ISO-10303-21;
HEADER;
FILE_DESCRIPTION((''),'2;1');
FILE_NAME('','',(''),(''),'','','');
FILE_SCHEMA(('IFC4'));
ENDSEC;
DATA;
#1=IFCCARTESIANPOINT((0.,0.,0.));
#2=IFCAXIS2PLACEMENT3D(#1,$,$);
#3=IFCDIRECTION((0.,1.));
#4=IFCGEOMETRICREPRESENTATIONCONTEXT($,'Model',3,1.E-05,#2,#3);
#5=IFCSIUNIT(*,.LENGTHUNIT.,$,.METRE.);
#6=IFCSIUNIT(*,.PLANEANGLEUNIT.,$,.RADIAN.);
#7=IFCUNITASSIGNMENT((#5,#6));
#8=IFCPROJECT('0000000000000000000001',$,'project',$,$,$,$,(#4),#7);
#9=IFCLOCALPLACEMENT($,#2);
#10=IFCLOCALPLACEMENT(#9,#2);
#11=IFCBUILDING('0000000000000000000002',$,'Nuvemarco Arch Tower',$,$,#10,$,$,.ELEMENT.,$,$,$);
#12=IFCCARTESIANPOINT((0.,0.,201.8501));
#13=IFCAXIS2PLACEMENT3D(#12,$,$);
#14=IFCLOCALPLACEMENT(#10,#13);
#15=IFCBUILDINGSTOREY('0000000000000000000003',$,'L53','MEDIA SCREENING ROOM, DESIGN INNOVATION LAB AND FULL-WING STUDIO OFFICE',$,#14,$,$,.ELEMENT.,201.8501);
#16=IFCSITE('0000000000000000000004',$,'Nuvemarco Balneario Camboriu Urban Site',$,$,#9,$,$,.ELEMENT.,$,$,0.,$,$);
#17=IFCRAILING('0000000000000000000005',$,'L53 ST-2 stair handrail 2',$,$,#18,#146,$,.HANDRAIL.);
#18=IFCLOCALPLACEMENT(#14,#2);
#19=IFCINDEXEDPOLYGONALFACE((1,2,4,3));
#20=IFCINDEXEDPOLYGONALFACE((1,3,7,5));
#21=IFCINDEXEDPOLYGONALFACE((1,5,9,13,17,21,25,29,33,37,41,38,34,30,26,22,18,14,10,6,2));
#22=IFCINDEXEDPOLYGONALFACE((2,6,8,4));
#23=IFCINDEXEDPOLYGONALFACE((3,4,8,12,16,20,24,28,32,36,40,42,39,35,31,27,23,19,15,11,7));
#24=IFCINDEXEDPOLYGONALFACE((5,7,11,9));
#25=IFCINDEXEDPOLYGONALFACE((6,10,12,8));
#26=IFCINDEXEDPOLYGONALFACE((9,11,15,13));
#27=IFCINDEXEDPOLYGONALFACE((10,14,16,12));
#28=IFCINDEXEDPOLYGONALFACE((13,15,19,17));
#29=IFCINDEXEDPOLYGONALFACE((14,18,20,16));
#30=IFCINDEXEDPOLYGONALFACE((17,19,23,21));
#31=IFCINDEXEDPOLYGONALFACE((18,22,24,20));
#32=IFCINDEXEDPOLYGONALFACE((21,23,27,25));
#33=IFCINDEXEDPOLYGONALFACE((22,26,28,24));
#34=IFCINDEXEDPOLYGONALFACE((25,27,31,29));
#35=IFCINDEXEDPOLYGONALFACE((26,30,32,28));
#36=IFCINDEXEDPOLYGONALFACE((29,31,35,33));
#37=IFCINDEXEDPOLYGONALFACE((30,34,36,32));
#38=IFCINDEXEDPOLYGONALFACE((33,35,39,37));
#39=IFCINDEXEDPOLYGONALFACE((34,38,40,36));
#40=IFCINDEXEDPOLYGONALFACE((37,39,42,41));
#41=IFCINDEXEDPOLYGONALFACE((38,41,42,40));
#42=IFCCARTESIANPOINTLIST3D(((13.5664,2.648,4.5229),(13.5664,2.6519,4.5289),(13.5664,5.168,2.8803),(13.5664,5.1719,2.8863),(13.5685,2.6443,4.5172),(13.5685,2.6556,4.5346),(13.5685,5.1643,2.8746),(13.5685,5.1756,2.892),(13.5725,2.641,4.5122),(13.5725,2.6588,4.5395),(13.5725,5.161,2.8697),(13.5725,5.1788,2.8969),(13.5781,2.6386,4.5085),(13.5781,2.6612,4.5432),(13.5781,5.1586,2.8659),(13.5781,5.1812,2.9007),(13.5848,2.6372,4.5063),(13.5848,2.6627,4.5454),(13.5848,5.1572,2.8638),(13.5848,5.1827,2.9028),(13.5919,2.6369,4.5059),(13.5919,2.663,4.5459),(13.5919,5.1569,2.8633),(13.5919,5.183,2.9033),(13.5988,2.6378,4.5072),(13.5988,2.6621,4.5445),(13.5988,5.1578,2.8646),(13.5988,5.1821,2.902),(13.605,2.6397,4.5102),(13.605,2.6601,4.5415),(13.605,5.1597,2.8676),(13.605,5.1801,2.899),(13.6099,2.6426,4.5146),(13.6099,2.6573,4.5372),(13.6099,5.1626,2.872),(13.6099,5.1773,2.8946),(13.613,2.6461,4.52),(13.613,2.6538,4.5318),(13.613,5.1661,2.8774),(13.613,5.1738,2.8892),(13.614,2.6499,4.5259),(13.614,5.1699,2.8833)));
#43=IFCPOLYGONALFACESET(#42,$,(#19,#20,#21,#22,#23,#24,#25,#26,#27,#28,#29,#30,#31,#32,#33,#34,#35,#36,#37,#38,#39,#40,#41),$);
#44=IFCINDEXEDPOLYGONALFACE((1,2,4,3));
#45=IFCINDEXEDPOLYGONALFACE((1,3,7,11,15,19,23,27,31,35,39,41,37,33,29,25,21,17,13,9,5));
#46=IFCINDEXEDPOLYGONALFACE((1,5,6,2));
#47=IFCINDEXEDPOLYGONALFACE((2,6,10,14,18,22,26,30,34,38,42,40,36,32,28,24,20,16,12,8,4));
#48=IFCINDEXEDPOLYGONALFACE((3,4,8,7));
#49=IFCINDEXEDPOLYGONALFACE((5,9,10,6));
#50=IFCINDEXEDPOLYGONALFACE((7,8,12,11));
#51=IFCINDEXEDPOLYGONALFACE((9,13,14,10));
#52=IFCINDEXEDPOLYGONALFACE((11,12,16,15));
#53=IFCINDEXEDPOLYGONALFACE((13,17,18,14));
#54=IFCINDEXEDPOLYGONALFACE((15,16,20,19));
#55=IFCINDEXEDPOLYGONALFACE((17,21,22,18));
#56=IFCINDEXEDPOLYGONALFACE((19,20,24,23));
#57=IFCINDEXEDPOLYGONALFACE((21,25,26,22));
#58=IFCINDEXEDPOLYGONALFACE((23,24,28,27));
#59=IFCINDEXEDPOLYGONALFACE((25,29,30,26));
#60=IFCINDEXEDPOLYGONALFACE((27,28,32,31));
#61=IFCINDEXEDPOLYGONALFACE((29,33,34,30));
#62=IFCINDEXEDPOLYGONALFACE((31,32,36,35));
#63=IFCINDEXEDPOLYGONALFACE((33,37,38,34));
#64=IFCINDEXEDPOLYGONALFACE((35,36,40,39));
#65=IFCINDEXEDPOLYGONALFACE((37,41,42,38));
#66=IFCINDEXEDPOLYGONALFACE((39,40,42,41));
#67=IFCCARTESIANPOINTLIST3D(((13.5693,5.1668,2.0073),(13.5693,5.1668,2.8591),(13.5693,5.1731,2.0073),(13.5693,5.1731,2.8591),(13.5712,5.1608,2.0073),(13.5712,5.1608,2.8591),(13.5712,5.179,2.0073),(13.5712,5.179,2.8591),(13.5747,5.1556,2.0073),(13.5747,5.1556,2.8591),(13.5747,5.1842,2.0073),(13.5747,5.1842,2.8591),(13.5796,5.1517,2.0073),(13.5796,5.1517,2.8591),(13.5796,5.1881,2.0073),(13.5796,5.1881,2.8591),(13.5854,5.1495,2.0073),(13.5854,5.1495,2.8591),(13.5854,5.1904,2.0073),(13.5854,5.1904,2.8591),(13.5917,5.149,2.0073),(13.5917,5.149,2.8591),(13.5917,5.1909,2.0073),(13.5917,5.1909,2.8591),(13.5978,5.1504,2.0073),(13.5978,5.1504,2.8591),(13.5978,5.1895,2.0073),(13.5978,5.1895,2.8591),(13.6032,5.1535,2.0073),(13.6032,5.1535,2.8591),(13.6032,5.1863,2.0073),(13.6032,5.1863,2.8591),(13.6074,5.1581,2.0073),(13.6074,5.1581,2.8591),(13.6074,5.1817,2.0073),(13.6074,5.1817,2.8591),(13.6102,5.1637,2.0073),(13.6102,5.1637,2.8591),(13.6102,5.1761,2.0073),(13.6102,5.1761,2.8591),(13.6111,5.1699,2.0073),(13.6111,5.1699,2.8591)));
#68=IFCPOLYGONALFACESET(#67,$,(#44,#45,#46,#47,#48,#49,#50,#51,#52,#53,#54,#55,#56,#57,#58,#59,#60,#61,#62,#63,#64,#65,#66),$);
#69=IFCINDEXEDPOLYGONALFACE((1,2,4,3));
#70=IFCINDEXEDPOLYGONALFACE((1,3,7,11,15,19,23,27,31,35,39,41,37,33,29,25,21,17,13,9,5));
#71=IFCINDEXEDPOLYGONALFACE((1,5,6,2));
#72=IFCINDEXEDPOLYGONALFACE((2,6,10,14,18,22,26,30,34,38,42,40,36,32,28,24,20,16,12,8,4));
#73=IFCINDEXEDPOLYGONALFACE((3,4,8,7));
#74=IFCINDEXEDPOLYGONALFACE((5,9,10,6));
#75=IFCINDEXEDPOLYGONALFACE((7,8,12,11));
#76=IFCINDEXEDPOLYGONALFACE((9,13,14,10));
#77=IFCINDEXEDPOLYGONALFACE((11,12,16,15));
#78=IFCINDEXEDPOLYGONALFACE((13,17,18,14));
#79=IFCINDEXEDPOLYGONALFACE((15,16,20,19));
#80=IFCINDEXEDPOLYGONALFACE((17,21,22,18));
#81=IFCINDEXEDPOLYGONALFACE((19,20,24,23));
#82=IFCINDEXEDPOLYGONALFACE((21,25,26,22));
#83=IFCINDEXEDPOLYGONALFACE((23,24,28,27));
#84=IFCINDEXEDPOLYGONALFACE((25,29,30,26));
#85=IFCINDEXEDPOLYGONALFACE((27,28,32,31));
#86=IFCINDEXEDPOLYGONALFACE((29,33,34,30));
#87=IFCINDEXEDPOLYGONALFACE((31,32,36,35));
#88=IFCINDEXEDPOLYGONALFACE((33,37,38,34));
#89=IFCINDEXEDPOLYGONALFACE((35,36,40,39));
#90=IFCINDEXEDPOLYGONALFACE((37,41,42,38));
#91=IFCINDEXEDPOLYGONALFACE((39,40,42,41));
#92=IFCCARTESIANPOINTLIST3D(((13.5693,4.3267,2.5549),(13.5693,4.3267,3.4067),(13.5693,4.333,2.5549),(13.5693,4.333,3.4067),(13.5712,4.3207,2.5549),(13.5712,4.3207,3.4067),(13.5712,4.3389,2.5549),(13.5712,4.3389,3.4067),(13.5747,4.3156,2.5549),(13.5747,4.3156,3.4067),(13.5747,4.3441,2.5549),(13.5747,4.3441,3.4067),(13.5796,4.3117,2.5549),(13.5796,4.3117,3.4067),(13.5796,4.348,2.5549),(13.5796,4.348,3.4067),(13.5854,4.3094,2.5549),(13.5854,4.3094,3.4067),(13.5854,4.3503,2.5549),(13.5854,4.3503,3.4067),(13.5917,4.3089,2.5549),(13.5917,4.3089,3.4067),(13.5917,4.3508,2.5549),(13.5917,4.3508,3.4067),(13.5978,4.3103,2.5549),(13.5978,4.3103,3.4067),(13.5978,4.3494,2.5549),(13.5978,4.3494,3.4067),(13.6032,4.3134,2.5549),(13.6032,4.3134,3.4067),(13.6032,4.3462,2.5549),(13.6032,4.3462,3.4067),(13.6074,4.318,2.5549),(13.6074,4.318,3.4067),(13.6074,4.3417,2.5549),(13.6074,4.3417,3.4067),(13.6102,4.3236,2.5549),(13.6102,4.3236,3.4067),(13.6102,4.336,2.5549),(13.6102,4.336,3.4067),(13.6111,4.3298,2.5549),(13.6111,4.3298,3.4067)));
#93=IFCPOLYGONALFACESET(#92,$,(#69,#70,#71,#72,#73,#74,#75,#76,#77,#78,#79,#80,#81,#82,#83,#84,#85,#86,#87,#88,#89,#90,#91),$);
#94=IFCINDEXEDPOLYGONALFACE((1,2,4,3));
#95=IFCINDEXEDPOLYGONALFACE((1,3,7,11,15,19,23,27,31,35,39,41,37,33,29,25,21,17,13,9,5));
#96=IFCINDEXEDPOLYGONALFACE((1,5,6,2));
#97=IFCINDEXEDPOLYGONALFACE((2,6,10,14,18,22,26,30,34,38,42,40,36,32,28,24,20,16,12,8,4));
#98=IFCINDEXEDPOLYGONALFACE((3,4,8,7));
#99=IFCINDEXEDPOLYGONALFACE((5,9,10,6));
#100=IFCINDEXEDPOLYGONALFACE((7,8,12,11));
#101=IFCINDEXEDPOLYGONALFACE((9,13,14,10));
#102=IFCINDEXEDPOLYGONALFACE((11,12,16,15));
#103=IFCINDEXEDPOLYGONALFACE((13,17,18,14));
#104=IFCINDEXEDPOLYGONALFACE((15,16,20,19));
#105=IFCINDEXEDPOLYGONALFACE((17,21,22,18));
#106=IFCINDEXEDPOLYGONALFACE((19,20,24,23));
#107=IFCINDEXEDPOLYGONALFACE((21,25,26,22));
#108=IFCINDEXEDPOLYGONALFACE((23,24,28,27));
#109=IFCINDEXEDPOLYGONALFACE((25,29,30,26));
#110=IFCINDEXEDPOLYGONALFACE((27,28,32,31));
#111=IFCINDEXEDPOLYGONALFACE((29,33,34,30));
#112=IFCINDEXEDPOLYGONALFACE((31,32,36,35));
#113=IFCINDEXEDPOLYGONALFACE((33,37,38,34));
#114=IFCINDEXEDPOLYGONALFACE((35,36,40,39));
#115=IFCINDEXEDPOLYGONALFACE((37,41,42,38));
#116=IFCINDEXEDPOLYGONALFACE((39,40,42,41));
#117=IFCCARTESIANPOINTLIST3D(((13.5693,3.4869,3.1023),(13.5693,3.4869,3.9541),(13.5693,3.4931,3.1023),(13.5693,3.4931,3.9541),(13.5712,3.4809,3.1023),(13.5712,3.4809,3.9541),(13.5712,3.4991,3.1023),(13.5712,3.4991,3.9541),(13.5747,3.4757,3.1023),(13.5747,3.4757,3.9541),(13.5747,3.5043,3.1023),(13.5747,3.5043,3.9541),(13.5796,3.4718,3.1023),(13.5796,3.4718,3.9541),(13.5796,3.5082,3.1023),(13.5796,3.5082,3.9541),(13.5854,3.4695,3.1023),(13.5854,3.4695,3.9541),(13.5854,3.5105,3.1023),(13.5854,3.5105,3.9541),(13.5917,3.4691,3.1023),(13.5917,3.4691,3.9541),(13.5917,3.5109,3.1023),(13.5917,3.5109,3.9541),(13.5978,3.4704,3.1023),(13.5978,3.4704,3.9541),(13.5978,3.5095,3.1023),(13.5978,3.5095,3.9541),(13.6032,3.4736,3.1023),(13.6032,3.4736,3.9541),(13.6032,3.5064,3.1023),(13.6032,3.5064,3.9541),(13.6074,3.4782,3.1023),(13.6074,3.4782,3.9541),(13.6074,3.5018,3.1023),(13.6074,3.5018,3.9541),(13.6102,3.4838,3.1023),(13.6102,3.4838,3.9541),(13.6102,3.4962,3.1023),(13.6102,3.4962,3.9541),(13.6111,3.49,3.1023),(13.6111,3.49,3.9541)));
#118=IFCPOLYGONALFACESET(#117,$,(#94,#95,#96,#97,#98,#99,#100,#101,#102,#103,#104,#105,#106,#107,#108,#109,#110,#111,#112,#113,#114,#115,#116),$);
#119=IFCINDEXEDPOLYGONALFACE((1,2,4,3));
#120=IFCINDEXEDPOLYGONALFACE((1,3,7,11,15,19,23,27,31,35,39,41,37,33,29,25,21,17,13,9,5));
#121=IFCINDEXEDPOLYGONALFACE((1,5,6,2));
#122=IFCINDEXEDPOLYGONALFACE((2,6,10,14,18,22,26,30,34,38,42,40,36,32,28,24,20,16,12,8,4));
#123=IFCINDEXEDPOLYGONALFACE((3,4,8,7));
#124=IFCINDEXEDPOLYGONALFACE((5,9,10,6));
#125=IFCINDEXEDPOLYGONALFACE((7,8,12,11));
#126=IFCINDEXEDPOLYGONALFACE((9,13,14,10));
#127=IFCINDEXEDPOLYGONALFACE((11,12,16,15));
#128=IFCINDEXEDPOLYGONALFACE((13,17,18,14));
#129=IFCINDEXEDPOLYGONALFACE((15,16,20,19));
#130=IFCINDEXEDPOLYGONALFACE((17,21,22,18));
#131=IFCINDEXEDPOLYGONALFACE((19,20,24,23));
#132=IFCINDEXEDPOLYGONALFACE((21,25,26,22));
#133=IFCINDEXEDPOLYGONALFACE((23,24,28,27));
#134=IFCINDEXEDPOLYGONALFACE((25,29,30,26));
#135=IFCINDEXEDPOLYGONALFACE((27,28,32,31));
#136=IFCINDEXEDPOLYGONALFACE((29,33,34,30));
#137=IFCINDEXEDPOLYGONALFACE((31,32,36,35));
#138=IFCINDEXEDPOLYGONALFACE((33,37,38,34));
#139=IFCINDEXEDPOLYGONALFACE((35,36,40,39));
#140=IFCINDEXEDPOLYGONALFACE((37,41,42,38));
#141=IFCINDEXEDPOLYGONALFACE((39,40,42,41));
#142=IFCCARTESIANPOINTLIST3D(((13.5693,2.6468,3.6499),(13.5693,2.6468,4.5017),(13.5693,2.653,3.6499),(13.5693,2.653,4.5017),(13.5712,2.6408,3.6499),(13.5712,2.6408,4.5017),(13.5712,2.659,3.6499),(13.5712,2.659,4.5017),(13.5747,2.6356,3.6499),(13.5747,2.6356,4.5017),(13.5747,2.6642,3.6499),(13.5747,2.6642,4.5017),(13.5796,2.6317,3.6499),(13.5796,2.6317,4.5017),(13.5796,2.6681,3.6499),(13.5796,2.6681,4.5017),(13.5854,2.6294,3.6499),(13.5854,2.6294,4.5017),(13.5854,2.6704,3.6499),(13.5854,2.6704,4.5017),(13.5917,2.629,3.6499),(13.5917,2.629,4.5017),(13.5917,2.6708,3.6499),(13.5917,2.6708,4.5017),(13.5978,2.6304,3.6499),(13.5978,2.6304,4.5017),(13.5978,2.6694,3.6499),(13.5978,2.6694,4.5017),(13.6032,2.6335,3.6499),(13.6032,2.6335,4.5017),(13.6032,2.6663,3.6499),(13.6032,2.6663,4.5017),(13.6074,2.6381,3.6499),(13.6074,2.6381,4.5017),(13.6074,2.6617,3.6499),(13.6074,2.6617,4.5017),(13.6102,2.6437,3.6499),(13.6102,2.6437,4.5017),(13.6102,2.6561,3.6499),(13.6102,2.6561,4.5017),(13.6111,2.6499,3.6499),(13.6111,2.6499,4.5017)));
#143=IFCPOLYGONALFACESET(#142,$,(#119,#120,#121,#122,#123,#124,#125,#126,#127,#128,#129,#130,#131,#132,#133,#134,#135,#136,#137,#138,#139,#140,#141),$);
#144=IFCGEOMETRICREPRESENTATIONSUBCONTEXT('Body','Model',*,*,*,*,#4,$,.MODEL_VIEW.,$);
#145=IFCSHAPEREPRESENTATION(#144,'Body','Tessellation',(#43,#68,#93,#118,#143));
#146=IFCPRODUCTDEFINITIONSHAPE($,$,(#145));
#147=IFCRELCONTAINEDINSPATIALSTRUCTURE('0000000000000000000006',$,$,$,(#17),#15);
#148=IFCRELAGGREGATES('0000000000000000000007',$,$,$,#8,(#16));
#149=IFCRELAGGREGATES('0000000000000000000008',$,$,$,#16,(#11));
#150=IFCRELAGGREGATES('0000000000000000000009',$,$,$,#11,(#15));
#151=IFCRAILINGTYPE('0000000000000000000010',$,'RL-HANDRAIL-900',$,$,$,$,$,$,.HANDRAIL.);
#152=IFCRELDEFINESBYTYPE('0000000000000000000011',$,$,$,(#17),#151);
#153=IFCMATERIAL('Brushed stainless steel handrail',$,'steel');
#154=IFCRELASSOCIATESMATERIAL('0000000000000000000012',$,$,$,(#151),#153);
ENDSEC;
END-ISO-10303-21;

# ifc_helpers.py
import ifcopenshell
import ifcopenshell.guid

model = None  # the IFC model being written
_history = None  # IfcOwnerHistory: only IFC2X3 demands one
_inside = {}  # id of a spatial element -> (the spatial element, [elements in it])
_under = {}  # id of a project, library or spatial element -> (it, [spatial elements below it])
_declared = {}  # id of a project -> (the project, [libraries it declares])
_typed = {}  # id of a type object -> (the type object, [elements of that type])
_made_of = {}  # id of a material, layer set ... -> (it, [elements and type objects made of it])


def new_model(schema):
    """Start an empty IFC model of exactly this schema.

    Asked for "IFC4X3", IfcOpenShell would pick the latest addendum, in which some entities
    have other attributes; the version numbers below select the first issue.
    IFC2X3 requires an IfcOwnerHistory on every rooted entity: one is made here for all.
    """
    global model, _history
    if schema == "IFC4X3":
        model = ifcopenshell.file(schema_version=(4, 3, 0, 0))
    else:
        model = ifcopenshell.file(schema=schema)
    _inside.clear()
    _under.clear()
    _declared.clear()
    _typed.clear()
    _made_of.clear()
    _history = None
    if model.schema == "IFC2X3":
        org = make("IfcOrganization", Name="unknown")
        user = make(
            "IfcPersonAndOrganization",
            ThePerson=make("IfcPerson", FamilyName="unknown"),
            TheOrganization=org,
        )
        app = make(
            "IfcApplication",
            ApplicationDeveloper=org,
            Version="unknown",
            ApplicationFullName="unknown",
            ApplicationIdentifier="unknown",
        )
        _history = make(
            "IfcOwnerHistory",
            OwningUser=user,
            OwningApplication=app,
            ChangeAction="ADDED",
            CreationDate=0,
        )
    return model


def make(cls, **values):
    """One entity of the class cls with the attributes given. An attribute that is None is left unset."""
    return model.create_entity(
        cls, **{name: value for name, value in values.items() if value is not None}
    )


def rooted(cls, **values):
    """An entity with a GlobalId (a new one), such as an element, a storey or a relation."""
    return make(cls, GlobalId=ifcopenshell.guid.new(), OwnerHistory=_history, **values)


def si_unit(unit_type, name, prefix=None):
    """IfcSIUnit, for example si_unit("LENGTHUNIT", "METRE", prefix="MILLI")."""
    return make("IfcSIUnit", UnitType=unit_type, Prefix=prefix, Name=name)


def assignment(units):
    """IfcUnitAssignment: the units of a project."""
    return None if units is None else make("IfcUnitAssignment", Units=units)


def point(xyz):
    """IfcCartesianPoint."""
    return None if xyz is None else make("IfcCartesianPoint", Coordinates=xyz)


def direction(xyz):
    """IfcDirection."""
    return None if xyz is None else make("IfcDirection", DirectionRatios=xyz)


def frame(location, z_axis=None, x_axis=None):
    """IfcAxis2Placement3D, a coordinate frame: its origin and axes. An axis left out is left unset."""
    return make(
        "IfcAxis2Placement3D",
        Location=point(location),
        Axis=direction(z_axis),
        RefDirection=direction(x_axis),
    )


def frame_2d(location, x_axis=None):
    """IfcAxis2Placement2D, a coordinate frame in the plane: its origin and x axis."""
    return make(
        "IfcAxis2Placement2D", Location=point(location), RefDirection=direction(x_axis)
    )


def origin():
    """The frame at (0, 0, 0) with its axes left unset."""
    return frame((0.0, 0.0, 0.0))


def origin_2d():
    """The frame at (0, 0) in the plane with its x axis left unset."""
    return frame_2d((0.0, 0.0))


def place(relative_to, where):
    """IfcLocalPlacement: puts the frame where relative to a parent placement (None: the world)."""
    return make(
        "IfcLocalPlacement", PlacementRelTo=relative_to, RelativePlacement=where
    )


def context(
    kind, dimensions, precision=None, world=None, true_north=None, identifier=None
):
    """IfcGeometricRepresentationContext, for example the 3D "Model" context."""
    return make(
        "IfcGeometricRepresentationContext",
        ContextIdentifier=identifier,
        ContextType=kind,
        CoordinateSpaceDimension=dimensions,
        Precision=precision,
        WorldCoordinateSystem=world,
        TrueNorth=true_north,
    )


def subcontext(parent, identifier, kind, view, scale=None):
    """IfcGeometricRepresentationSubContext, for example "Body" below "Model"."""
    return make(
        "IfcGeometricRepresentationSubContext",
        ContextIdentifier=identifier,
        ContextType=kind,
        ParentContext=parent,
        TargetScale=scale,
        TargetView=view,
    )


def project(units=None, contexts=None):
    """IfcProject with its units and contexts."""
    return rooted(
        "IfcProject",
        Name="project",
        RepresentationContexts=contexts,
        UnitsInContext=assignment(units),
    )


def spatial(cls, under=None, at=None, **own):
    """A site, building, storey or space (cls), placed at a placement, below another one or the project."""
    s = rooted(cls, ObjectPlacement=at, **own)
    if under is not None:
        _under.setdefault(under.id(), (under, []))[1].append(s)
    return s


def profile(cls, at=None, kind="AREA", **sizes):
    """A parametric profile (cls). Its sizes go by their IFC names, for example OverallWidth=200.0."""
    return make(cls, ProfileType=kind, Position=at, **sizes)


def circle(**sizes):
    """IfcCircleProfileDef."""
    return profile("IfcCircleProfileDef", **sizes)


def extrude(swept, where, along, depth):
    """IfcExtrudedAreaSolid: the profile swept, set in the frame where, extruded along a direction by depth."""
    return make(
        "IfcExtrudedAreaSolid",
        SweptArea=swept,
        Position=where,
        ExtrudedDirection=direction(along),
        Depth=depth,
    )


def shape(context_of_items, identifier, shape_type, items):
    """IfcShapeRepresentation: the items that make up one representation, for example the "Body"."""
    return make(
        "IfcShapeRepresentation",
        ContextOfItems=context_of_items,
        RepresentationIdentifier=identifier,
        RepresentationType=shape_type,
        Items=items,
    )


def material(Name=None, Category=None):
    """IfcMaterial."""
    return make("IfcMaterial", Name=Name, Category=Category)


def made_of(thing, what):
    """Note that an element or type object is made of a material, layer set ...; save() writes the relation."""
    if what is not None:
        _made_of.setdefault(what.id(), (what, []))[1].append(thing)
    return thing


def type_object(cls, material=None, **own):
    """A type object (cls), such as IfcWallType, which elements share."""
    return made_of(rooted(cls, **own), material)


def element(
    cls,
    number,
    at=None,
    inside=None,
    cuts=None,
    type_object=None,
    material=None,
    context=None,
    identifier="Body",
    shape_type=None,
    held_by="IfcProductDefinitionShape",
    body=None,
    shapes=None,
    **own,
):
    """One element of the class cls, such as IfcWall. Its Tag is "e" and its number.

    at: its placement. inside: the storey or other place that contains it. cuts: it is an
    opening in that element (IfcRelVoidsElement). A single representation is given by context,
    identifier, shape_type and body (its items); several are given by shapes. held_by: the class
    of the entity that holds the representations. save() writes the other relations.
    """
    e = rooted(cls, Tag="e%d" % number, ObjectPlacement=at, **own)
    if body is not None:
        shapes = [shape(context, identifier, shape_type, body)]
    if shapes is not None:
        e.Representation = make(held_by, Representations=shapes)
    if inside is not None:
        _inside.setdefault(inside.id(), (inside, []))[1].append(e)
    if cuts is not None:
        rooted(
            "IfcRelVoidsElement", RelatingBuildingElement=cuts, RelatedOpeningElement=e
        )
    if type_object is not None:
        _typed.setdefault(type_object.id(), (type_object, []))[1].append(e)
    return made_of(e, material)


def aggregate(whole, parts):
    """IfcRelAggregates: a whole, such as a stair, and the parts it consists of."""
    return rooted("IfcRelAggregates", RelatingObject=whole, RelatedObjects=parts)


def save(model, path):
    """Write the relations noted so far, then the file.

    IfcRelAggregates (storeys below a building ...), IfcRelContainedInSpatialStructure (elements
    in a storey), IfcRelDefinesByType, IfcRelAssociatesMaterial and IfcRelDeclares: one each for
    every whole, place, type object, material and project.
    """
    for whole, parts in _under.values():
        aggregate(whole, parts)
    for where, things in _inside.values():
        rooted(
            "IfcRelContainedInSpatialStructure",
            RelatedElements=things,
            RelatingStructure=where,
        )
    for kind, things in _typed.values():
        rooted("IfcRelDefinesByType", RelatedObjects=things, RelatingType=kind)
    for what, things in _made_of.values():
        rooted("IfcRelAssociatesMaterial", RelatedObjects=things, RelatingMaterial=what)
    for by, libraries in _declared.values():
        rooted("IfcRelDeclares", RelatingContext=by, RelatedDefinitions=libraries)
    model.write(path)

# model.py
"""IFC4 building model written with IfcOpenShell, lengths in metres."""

from ifc_helpers import new_model, si_unit, direction, frame, origin, origin_2d, place, context, subcontext, project, spatial, circle, extrude, material, type_object, element, save


model = new_model("IFC4")

# Units and contexts
model_context = context("Model", 3, precision=1e-05, world=origin(), true_north=direction((0.0, 1.0)))
body_context = subcontext(model_context, "Body", "Model", "MODEL_VIEW")
ifc_project = project(units=[si_unit("LENGTHUNIT", "METRE"), si_unit("PLANEANGLEUNIT", "RADIAN")], contexts=[model_context])

# Site, building, storey
site_placement = place(None, origin())
site = spatial("IfcSite", under=ifc_project, at=site_placement, Name="Nuvemarco Balneario Camboriu Urban Site", CompositionType="ELEMENT", RefElevation=0.0)
building_placement = place(site_placement, origin())
building = spatial("IfcBuilding", under=site, at=building_placement, Name="Nuvemarco Arch Tower", CompositionType="ELEMENT")
storey_placement = place(building_placement, frame((0.0, 0.0, 201.8501)))
storey = spatial("IfcBuildingStorey", under=building, at=storey_placement, Name="L53", Description="MEDIA SCREENING ROOM, DESIGN INNOVATION LAB AND FULL-WING STUDIO OFFICE", CompositionType="ELEMENT", Elevation=201.8501)

# Railing
ifc_material_1 = material(Name="Brushed stainless steel handrail", Category="steel")
railing_type_1 = type_object("IfcRailingType", Name="RL-HANDRAIL-900", PredefinedType="HANDRAIL", material=ifc_material_1)
railing_1_placement = place(storey_placement, frame((13.5901, 5.1699, 2.0073)))
element("IfcRailing", 1, at=railing_1_placement, inside=storey, type_object=railing_type_1, Name="L53 ST-2 stair handrail 2", PredefinedType="HANDRAIL", context=body_context, shape_type="SweptSolid", body=[
    extrude(circle(Radius=0.0239, at=origin_2d()), frame((0.0, 0.0, 0.876), z_axis=(0.0, -0.837749, 0.546055), x_axis=(1.0, 0.0, 0.0)), (0.0, 0.0, 1.0), 3.0081),
    extrude(circle(Radius=0.021, at=origin_2d()), origin(), (0.0, 0.0, 1.0), 0.8518),
    extrude(circle(Radius=0.021, at=origin_2d()), frame((0.0, -0.8401, 0.5476)), (0.0, 0.0, 1.0), 0.8518),
    extrude(circle(Radius=0.021, at=origin_2d()), frame((0.0, -1.6799, 1.095)), (0.0, 0.0, 1.0), 0.8518),
    extrude(circle(Radius=0.021, at=origin_2d()), frame((0.0, -2.52, 1.6426)), (0.0, 0.0, 1.0), 0.8518),
])

save(model, "model.ifc")
